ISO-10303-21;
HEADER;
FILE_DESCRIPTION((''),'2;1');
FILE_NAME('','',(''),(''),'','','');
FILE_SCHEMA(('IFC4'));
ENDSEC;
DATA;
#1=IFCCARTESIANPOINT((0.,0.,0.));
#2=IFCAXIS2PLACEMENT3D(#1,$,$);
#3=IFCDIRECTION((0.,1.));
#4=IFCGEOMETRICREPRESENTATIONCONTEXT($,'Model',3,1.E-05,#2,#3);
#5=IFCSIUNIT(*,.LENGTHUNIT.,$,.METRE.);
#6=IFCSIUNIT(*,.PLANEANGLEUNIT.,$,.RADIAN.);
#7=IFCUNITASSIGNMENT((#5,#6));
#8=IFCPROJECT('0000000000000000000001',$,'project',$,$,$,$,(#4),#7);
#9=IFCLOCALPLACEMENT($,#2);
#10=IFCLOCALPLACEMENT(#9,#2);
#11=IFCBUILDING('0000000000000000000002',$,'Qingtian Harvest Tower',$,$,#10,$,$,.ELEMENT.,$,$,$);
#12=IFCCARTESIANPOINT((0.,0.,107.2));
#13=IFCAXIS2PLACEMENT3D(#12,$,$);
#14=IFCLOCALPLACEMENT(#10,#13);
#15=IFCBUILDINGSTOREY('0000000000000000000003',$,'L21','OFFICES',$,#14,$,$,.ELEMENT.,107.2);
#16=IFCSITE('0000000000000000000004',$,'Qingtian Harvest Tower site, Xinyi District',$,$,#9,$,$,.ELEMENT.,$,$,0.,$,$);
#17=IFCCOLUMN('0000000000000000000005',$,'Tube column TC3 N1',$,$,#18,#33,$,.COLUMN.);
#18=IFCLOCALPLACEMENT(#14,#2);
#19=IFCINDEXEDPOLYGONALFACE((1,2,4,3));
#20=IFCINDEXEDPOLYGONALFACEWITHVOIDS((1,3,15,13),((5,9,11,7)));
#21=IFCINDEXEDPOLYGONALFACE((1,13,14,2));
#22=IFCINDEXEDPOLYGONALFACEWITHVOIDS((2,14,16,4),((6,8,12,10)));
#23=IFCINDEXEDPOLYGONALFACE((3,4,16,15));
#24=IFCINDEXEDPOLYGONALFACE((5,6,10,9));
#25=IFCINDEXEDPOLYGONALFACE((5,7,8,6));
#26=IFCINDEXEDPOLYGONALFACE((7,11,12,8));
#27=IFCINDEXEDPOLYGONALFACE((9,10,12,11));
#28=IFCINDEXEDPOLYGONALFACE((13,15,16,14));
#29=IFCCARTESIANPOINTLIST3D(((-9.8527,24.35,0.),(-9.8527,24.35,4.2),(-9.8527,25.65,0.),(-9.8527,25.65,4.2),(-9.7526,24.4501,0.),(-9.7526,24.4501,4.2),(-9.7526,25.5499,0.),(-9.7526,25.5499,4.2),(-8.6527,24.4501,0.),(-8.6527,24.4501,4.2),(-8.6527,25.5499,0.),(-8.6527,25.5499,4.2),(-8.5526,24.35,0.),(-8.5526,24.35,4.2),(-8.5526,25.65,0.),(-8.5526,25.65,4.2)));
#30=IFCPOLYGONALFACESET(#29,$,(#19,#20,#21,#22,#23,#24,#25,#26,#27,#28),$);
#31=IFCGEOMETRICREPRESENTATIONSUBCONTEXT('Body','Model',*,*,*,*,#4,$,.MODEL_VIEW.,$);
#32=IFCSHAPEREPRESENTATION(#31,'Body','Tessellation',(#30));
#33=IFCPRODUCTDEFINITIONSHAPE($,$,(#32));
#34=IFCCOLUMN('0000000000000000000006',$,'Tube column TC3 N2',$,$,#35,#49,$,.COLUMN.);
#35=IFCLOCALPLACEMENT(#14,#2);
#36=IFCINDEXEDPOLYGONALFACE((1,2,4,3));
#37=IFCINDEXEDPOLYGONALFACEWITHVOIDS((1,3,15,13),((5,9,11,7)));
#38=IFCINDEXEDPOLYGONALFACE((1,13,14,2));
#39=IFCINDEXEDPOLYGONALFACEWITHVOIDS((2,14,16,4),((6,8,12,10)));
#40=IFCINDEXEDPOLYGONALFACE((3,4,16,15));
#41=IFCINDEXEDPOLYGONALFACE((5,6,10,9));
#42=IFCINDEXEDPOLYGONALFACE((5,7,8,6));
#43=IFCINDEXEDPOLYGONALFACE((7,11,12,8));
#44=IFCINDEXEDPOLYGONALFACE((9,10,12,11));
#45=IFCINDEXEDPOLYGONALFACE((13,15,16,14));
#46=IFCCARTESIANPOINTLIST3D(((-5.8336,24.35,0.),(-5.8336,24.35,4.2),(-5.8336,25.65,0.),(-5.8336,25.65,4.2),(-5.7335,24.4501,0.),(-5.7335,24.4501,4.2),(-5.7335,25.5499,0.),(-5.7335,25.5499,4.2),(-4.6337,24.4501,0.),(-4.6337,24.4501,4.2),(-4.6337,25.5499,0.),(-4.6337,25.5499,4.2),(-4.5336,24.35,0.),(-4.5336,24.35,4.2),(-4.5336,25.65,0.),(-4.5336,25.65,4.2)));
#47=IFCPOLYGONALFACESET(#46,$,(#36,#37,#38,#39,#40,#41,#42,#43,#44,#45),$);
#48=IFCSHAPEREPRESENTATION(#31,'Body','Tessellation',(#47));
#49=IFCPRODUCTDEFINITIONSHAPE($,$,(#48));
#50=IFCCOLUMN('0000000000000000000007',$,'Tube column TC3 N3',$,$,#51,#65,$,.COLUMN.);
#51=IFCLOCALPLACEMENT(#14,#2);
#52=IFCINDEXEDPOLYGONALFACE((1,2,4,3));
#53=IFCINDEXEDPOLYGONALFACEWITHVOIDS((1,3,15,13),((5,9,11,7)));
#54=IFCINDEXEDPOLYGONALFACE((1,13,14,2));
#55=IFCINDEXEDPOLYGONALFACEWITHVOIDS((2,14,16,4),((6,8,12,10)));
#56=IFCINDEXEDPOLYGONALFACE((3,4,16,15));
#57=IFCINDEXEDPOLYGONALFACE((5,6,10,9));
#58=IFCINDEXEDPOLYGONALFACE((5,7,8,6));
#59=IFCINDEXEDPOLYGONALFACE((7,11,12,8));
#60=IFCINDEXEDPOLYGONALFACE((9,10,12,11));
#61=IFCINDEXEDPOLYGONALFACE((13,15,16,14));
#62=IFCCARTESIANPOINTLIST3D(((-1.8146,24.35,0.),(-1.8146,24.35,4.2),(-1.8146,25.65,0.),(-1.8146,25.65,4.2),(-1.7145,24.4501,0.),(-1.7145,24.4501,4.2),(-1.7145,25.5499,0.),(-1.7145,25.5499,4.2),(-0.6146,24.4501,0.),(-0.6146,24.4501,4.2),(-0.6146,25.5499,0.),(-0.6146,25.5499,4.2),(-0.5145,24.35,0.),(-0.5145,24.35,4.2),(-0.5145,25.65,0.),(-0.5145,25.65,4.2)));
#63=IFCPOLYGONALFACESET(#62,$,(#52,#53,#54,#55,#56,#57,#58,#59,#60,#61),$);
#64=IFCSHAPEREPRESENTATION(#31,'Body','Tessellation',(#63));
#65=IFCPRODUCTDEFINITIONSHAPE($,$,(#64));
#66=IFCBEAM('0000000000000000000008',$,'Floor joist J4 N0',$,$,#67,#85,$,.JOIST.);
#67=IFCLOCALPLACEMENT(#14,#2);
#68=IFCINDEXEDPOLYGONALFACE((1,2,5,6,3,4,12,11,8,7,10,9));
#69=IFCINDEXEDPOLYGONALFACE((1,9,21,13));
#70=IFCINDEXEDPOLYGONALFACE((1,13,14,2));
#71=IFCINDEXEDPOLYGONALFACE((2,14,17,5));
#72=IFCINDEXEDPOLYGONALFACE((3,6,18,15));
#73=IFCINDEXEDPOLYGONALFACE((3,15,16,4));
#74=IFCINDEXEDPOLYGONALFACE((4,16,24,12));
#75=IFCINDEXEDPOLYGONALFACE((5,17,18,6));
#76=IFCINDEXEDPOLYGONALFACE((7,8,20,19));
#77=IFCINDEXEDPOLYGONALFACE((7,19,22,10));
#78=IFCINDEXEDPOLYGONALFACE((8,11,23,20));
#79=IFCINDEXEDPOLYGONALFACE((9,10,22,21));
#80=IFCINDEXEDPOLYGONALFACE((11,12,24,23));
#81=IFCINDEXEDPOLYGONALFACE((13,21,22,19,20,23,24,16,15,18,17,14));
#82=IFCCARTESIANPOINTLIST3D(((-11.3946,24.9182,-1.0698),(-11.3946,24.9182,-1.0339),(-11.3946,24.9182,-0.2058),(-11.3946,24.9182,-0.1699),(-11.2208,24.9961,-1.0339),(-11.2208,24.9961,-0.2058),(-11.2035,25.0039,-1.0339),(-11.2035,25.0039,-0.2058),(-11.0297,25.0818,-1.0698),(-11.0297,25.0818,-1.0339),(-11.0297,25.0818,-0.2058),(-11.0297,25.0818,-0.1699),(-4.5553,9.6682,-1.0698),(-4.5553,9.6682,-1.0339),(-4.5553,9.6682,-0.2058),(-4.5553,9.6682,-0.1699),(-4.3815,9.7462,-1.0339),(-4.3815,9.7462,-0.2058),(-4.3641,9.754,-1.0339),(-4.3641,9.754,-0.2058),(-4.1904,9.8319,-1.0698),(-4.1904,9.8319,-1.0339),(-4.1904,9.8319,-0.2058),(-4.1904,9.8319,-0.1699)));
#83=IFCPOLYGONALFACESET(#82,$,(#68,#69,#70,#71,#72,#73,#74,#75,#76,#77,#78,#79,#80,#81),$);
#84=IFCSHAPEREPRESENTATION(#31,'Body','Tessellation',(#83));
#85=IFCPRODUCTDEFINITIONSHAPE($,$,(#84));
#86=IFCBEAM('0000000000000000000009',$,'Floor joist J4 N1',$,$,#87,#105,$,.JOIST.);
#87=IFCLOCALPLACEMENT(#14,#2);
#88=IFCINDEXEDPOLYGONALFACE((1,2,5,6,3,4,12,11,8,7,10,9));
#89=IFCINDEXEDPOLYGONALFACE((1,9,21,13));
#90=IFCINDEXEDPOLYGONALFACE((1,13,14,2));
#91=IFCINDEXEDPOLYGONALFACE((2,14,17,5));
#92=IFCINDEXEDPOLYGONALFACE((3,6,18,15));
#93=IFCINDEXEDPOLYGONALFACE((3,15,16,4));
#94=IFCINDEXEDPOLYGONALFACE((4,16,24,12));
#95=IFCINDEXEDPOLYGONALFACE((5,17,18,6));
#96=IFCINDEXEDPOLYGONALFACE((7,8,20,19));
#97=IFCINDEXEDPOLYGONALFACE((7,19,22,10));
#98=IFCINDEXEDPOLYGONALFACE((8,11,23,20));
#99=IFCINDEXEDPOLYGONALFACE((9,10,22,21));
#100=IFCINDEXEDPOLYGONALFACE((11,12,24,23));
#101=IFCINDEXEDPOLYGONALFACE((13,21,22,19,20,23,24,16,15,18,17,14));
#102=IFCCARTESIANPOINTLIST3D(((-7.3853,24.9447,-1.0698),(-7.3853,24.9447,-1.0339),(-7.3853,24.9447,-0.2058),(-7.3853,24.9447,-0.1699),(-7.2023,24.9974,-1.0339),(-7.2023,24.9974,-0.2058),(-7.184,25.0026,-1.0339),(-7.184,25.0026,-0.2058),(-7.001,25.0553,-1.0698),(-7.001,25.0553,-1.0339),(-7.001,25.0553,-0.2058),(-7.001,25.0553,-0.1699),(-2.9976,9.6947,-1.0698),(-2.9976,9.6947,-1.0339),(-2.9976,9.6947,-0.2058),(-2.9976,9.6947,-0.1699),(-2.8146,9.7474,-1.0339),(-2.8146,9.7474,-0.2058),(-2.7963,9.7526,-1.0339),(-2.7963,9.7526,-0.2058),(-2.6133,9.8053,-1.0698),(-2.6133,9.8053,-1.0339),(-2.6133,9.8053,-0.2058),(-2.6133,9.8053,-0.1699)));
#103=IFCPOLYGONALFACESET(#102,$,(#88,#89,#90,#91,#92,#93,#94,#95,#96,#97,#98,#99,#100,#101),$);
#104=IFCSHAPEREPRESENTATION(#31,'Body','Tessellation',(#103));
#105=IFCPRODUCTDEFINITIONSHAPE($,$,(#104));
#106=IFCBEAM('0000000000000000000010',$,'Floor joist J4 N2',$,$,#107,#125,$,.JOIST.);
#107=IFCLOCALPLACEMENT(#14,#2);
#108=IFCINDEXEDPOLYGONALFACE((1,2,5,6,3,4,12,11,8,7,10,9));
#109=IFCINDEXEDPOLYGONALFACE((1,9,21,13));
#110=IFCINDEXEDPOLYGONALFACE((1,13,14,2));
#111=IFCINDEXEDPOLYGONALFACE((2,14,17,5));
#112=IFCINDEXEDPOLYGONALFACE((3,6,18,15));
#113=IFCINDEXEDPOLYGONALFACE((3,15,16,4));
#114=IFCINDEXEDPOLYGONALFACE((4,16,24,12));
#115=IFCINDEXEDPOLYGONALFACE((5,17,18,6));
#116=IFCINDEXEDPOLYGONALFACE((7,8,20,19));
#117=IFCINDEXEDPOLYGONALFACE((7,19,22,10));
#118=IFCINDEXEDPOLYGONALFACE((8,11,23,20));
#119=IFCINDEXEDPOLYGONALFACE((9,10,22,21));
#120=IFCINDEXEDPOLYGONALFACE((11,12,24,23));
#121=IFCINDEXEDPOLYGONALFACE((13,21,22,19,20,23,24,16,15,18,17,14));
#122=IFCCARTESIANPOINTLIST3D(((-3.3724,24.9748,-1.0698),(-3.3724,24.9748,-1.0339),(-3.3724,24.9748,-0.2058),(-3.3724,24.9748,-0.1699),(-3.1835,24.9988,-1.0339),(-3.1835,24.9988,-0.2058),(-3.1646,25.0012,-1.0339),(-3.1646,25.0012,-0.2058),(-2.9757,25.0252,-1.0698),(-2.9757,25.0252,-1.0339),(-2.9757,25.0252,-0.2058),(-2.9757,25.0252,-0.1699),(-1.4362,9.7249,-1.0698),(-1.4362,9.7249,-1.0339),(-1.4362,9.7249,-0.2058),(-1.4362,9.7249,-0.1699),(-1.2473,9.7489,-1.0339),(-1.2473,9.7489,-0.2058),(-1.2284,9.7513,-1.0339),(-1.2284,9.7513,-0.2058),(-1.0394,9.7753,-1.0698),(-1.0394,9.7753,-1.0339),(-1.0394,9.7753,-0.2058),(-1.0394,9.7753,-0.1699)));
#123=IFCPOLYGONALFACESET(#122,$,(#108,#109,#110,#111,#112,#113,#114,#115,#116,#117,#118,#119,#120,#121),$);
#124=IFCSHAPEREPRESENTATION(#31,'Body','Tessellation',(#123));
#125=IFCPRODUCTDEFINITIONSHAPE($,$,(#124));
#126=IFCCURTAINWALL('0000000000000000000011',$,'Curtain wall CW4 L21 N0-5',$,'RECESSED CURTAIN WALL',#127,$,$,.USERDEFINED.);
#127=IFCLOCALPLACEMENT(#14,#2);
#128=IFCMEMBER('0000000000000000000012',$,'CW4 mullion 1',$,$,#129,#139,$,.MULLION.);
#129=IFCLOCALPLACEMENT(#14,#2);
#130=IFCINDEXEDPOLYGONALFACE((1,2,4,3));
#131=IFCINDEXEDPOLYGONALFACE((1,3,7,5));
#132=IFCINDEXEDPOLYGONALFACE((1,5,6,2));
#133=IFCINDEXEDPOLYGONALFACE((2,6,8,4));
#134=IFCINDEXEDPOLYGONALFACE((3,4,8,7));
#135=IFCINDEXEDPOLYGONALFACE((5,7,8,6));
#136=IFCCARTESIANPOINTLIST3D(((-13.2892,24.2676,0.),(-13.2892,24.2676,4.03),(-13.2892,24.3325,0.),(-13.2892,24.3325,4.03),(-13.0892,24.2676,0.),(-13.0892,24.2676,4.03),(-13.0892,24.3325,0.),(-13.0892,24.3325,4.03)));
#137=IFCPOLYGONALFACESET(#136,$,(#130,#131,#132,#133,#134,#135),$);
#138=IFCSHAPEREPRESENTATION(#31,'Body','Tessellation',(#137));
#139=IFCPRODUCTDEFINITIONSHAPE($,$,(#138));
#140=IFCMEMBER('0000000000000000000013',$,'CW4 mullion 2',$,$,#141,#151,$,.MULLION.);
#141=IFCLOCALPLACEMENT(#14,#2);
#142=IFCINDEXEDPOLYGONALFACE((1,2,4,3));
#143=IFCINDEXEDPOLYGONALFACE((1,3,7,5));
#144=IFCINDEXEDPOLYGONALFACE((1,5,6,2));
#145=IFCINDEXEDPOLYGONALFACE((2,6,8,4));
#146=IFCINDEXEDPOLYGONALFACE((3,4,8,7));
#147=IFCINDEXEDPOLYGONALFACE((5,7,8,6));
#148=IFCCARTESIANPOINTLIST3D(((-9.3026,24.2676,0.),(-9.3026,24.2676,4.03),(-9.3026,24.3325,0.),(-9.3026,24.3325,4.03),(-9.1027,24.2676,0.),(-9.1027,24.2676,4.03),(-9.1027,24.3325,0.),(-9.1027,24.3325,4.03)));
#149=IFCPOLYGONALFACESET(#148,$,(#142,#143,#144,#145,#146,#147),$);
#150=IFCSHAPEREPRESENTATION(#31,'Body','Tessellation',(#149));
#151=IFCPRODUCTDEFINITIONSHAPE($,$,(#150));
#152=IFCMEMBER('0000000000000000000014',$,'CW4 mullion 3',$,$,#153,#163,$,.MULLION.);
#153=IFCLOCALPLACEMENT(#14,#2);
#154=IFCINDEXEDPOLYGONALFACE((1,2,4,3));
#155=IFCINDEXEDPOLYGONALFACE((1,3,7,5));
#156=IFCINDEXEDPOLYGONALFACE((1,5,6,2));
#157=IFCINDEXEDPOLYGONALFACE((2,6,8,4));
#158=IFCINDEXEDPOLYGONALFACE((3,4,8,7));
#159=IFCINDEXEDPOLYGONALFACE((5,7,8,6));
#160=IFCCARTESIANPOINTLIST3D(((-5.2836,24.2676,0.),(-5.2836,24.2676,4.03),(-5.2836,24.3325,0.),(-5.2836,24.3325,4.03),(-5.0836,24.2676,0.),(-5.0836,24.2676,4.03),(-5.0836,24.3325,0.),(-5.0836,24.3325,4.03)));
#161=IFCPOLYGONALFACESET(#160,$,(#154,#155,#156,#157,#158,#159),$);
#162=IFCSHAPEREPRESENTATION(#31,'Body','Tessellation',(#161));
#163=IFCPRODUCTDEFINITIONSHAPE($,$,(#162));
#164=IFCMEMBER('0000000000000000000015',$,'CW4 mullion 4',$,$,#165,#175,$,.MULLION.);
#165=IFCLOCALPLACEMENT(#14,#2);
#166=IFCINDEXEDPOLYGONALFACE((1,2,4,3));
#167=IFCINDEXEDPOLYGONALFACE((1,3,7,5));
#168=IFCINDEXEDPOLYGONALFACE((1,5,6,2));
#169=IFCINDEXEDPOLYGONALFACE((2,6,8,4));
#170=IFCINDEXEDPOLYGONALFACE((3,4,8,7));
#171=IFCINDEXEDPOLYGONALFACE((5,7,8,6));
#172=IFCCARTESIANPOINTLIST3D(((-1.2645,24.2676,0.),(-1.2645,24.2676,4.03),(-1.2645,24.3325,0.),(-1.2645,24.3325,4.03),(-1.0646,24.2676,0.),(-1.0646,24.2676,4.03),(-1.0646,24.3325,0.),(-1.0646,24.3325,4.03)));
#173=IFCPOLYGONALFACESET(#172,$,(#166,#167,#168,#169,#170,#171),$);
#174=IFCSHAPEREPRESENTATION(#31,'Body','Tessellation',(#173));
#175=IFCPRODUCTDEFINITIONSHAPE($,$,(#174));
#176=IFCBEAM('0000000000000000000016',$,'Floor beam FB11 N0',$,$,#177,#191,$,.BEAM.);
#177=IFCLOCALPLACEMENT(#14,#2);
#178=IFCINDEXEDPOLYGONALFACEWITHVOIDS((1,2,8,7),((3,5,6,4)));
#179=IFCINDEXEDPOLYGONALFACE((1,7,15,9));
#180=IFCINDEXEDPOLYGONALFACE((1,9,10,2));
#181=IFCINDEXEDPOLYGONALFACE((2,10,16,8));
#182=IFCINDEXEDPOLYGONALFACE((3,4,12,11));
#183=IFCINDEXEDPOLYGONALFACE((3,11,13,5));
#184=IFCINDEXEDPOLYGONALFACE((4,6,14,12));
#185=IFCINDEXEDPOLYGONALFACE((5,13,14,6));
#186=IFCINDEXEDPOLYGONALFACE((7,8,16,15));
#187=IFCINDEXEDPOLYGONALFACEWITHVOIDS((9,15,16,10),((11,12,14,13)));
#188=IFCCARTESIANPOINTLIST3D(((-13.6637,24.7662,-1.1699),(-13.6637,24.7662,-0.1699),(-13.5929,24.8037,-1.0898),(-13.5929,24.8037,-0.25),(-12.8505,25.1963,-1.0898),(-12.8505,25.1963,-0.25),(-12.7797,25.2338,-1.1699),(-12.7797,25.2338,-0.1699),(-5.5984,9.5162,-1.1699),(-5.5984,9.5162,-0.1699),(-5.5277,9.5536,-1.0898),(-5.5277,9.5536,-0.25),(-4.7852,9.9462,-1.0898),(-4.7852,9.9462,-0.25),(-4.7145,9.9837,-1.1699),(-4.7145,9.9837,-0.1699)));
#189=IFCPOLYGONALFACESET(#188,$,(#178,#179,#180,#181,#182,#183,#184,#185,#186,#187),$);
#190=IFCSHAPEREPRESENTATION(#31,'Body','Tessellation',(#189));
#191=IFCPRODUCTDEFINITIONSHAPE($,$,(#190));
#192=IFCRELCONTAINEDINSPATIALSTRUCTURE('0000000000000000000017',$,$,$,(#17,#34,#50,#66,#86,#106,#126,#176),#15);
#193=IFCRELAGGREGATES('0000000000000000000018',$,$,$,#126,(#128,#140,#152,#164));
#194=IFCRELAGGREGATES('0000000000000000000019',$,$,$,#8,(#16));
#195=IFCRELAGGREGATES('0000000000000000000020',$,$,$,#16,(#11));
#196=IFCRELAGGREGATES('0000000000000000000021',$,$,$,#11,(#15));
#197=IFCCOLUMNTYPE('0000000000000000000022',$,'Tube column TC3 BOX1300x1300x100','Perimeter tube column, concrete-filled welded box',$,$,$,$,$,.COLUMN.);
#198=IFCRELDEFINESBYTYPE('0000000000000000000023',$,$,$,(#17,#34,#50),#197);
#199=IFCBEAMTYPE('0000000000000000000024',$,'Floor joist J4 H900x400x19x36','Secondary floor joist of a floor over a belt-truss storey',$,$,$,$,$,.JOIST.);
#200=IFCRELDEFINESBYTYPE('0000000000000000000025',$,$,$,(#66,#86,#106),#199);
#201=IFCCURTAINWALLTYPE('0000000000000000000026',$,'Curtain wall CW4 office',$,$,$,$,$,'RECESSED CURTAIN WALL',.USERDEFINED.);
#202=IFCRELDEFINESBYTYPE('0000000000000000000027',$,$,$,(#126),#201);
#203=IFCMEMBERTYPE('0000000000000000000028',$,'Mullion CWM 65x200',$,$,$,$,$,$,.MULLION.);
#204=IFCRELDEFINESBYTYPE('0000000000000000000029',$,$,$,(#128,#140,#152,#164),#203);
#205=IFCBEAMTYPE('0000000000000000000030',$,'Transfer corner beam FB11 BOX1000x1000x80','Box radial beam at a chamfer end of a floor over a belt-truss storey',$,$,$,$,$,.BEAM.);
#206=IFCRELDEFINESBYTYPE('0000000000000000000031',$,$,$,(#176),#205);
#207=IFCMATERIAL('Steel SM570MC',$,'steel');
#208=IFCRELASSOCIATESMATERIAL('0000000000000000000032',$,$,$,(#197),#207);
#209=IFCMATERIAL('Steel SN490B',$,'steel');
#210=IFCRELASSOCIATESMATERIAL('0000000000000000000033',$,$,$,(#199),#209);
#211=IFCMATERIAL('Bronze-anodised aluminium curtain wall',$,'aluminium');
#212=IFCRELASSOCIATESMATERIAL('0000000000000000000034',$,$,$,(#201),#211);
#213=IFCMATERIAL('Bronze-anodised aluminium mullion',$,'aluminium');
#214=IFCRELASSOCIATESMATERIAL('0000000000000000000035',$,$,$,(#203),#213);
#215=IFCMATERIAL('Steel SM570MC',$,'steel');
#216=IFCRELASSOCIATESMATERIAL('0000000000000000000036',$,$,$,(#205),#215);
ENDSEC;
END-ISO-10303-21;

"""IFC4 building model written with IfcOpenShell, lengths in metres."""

from ifc_helpers import new_model, si_unit, direction, frame, origin, origin_2d, place, context, subcontext, project, spatial, rectangle, hollow_rectangle, i_section, extrude, material, material_profile, profile_set, type_object, element, aggregate, save


model = new_model("IFC4")

# Units and contexts
model_context = context("Model", 3, precision=1e-05, world=origin(), true_north=direction((0.0, 1.0)))
body_context = subcontext(model_context, "Body", "Model", "MODEL_VIEW")
ifc_project = project(units=[si_unit("LENGTHUNIT", "METRE"), si_unit("PLANEANGLEUNIT", "RADIAN")], contexts=[model_context])

# Site, building, storey
site_placement = place(None, origin())
site = spatial("IfcSite", under=ifc_project, at=site_placement, Name="Qingtian Harvest Tower site, Xinyi District", CompositionType="ELEMENT", RefElevation=0.0)
building_placement = place(site_placement, origin())
building = spatial("IfcBuilding", under=site, at=building_placement, Name="Qingtian Harvest Tower", CompositionType="ELEMENT")
storey_placement = place(building_placement, frame((0.0, 0.0, 107.2)))
storey = spatial("IfcBuildingStorey", under=building, at=storey_placement, Name="L21", Description="OFFICES", CompositionType="ELEMENT", Elevation=107.2)

# Columns
ifc_material_1 = material(Name="Steel SM570MC", Category="steel")
ifc_material_profile_1 = material_profile(ifc_material_1, hollow_rectangle(XDim=1.3, YDim=1.3, WallThickness=0.1001, at=origin_2d()), Name="BOX1300x1300x100")
ifc_profile_set_1 = profile_set([ifc_material_profile_1], Name="Steel SM570MC")
column_type = type_object("IfcColumnType", Name="Tube column TC3 BOX1300x1300x100", Description="Perimeter tube column, concrete-filled welded box", PredefinedType="COLUMN", material=ifc_profile_set_1)
for number, where, z_axis, x_axis, name in (
    (1, (-9.2026, 25.0, 0.0), (0.0, 0.0, 1.0), (-1.0, 0.0, 0.0), "Tube column TC3 N1"),
    (2, (-5.1836, 25.0, 0.0), (0.0, 0.0, 1.0), (-1.0, 0.0, 0.0), "Tube column TC3 N2"),
    (3, (-1.1646, 25.0, 0.0), (0.0, 0.0, 1.0), (-1.0, 0.0, 0.0), "Tube column TC3 N3"),
):
    element("IfcColumn", number, at=place(storey_placement, frame(where, z_axis=z_axis, x_axis=x_axis)), inside=storey, type_object=column_type, Name=name, PredefinedType="COLUMN", context=body_context, shape_type="SweptSolid", body=[
        extrude(hollow_rectangle(XDim=1.3, YDim=1.3, WallThickness=0.1001, at=origin_2d()), origin(), (0.0, 0.0, 1.0), 4.2),
    ])

# Beams
ifc_material_2 = material(Name="Steel SN490B", Category="steel")
ifc_material_profile_2 = material_profile(ifc_material_2, i_section(OverallWidth=0.3999, OverallDepth=0.8999, WebThickness=0.019, FlangeThickness=0.0359, at=origin_2d()), Name="H900x400x19x36")
ifc_profile_set_2 = profile_set([ifc_material_profile_2], Name="Steel SN490B")
beam_type_1 = type_object("IfcBeamType", Name="Floor joist J4 H900x400x19x36", Description="Secondary floor joist of a floor over a belt-truss storey", PredefinedType="JOIST", material=ifc_profile_set_2)
beam_1_placement = place(storey_placement, frame((-11.2122, 25.0, -0.6199), z_axis=(0.409213, -0.912439, 0.0), x_axis=(0.912439, 0.409213, 0.0)))
element("IfcBeam", 4, at=beam_1_placement, inside=storey, type_object=beam_type_1, Name="Floor joist J4 N0", PredefinedType="JOIST", context=body_context, shape_type="SweptSolid", body=[
    extrude(i_section(OverallWidth=0.3999, OverallDepth=0.8999, WebThickness=0.019, FlangeThickness=0.0359, at=origin_2d()), origin(), (0.0, 0.0, 1.0), 16.7134),
])
beam_2_placement = place(storey_placement, frame((-7.1931, 25.0, -0.6199), z_axis=(0.276501, -0.961014, 0.0), x_axis=(0.961014, 0.276501, 0.0)))
element("IfcBeam", 5, at=beam_2_placement, inside=storey, type_object=beam_type_1, Name="Floor joist J4 N1", PredefinedType="JOIST", context=body_context, shape_type="SweptSolid", body=[
    extrude(i_section(OverallWidth=0.3999, OverallDepth=0.8999, WebThickness=0.019, FlangeThickness=0.0359, at=origin_2d()), origin(), (0.0, 0.0, 1.0), 15.8687),
])
beam_3_placement = place(storey_placement, frame((-3.1741, 25.0, -0.6199), z_axis=(0.125958, -0.992036, 0.0), x_axis=(0.992036, 0.125958, 0.0)))
element("IfcBeam", 6, at=beam_3_placement, inside=storey, type_object=beam_type_1, Name="Floor joist J4 N2", PredefinedType="JOIST", context=body_context, shape_type="SweptSolid", body=[
    extrude(i_section(OverallWidth=0.3999, OverallDepth=0.8999, WebThickness=0.019, FlangeThickness=0.0359, at=origin_2d()), origin(), (0.0, 0.0, 1.0), 15.3723),
])

# Curtain wall, members
ifc_material_3 = material(Name="Bronze-anodised aluminium curtain wall", Category="aluminium")
curtain_wall_type = type_object("IfcCurtainWallType", Name="Curtain wall CW4 office", ElementType="RECESSED CURTAIN WALL", PredefinedType="USERDEFINED", material=ifc_material_3)
curtain_wall_placement = place(storey_placement, origin())
curtain_wall = element("IfcCurtainWall", 7, at=curtain_wall_placement, inside=storey, type_object=curtain_wall_type, Name="Curtain wall CW4 L21 N0-5", ObjectType="RECESSED CURTAIN WALL", PredefinedType="USERDEFINED")
ifc_material_4 = material(Name="Bronze-anodised aluminium mullion", Category="aluminium")
ifc_material_profile_3 = material_profile(ifc_material_4, rectangle(XDim=0.0649, YDim=0.2, at=origin_2d()), Name="AL 65x200")
ifc_profile_set_3 = profile_set([ifc_material_profile_3], Name="Bronze-anodised aluminium mullion")
member_type_1 = type_object("IfcMemberType", Name="Mullion CWM 65x200", PredefinedType="MULLION", material=ifc_profile_set_3)
member_1_placement = place(storey_placement, frame((-13.1892, 24.3, 0.0), z_axis=(0.0, 0.0, 1.0), x_axis=(0.0, 1.0, 0.0)))
member_1 = element("IfcMember", 8, at=member_1_placement, type_object=member_type_1, Name="CW4 mullion 1", PredefinedType="MULLION", context=body_context, shape_type="SweptSolid", body=[
    extrude(rectangle(XDim=0.0649, YDim=0.2, at=origin_2d()), origin(), (0.0, 0.0, 1.0), 4.03),
])
member_2_placement = place(storey_placement, frame((-9.2026, 24.3, 0.0), z_axis=(0.0, 0.0, 1.0), x_axis=(0.0, 1.0, 0.0)))
member_2 = element("IfcMember", 9, at=member_2_placement, type_object=member_type_1, Name="CW4 mullion 2", PredefinedType="MULLION", context=body_context, shape_type="SweptSolid", body=[
    extrude(rectangle(XDim=0.0649, YDim=0.2, at=origin_2d()), origin(), (0.0, 0.0, 1.0), 4.03),
])
member_3_placement = place(storey_placement, frame((-5.1836, 24.3, 0.0), z_axis=(0.0, 0.0, 1.0), x_axis=(0.0, 1.0, 0.0)))
member_3 = element("IfcMember", 10, at=member_3_placement, type_object=member_type_1, Name="CW4 mullion 3", PredefinedType="MULLION", context=body_context, shape_type="SweptSolid", body=[
    extrude(rectangle(XDim=0.0649, YDim=0.2, at=origin_2d()), origin(), (0.0, 0.0, 1.0), 4.03),
])
member_4_placement = place(storey_placement, frame((-1.1646, 24.3, 0.0), z_axis=(0.0, 0.0, 1.0), x_axis=(0.0, 1.0, 0.0)))
member_4 = element("IfcMember", 11, at=member_4_placement, type_object=member_type_1, Name="CW4 mullion 4", PredefinedType="MULLION", context=body_context, shape_type="SweptSolid", body=[
    extrude(rectangle(XDim=0.0649, YDim=0.2, at=origin_2d()), origin(), (0.0, 0.0, 1.0), 4.03),
])

# Beam
ifc_material_5 = material(Name="Steel SM570MC", Category="steel")
ifc_material_profile_4 = material_profile(ifc_material_5, hollow_rectangle(XDim=1.0, YDim=1.0, WallThickness=0.0801, at=origin_2d()), Name="BOX1000x1000x80")
ifc_profile_set_4 = profile_set([ifc_material_profile_4], Name="Steel SM570MC")
beam_type_2 = type_object("IfcBeamType", Name="Transfer corner beam FB11 BOX1000x1000x80", Description="Box radial beam at a chamfer end of a floor over a belt-truss storey", PredefinedType="BEAM", material=ifc_profile_set_4)
beam_4_placement = place(storey_placement, frame((-13.2217, 25.0, -0.6699), z_axis=(0.46751, -0.883988, 0.0), x_axis=(0.883988, 0.46751, 0.0)))
element("IfcBeam", 12, at=beam_4_placement, inside=storey, type_object=beam_type_2, Name="Floor beam FB11 N0", PredefinedType="BEAM", context=body_context, shape_type="SweptSolid", body=[
    extrude(hollow_rectangle(XDim=1.0, YDim=1.0, WallThickness=0.0801, at=origin_2d()), origin(), (0.0, 0.0, 1.0), 17.2515),
])

aggregate(curtain_wall, [member_1, member_2, member_3, member_4])

save(model, "model.ifc")
